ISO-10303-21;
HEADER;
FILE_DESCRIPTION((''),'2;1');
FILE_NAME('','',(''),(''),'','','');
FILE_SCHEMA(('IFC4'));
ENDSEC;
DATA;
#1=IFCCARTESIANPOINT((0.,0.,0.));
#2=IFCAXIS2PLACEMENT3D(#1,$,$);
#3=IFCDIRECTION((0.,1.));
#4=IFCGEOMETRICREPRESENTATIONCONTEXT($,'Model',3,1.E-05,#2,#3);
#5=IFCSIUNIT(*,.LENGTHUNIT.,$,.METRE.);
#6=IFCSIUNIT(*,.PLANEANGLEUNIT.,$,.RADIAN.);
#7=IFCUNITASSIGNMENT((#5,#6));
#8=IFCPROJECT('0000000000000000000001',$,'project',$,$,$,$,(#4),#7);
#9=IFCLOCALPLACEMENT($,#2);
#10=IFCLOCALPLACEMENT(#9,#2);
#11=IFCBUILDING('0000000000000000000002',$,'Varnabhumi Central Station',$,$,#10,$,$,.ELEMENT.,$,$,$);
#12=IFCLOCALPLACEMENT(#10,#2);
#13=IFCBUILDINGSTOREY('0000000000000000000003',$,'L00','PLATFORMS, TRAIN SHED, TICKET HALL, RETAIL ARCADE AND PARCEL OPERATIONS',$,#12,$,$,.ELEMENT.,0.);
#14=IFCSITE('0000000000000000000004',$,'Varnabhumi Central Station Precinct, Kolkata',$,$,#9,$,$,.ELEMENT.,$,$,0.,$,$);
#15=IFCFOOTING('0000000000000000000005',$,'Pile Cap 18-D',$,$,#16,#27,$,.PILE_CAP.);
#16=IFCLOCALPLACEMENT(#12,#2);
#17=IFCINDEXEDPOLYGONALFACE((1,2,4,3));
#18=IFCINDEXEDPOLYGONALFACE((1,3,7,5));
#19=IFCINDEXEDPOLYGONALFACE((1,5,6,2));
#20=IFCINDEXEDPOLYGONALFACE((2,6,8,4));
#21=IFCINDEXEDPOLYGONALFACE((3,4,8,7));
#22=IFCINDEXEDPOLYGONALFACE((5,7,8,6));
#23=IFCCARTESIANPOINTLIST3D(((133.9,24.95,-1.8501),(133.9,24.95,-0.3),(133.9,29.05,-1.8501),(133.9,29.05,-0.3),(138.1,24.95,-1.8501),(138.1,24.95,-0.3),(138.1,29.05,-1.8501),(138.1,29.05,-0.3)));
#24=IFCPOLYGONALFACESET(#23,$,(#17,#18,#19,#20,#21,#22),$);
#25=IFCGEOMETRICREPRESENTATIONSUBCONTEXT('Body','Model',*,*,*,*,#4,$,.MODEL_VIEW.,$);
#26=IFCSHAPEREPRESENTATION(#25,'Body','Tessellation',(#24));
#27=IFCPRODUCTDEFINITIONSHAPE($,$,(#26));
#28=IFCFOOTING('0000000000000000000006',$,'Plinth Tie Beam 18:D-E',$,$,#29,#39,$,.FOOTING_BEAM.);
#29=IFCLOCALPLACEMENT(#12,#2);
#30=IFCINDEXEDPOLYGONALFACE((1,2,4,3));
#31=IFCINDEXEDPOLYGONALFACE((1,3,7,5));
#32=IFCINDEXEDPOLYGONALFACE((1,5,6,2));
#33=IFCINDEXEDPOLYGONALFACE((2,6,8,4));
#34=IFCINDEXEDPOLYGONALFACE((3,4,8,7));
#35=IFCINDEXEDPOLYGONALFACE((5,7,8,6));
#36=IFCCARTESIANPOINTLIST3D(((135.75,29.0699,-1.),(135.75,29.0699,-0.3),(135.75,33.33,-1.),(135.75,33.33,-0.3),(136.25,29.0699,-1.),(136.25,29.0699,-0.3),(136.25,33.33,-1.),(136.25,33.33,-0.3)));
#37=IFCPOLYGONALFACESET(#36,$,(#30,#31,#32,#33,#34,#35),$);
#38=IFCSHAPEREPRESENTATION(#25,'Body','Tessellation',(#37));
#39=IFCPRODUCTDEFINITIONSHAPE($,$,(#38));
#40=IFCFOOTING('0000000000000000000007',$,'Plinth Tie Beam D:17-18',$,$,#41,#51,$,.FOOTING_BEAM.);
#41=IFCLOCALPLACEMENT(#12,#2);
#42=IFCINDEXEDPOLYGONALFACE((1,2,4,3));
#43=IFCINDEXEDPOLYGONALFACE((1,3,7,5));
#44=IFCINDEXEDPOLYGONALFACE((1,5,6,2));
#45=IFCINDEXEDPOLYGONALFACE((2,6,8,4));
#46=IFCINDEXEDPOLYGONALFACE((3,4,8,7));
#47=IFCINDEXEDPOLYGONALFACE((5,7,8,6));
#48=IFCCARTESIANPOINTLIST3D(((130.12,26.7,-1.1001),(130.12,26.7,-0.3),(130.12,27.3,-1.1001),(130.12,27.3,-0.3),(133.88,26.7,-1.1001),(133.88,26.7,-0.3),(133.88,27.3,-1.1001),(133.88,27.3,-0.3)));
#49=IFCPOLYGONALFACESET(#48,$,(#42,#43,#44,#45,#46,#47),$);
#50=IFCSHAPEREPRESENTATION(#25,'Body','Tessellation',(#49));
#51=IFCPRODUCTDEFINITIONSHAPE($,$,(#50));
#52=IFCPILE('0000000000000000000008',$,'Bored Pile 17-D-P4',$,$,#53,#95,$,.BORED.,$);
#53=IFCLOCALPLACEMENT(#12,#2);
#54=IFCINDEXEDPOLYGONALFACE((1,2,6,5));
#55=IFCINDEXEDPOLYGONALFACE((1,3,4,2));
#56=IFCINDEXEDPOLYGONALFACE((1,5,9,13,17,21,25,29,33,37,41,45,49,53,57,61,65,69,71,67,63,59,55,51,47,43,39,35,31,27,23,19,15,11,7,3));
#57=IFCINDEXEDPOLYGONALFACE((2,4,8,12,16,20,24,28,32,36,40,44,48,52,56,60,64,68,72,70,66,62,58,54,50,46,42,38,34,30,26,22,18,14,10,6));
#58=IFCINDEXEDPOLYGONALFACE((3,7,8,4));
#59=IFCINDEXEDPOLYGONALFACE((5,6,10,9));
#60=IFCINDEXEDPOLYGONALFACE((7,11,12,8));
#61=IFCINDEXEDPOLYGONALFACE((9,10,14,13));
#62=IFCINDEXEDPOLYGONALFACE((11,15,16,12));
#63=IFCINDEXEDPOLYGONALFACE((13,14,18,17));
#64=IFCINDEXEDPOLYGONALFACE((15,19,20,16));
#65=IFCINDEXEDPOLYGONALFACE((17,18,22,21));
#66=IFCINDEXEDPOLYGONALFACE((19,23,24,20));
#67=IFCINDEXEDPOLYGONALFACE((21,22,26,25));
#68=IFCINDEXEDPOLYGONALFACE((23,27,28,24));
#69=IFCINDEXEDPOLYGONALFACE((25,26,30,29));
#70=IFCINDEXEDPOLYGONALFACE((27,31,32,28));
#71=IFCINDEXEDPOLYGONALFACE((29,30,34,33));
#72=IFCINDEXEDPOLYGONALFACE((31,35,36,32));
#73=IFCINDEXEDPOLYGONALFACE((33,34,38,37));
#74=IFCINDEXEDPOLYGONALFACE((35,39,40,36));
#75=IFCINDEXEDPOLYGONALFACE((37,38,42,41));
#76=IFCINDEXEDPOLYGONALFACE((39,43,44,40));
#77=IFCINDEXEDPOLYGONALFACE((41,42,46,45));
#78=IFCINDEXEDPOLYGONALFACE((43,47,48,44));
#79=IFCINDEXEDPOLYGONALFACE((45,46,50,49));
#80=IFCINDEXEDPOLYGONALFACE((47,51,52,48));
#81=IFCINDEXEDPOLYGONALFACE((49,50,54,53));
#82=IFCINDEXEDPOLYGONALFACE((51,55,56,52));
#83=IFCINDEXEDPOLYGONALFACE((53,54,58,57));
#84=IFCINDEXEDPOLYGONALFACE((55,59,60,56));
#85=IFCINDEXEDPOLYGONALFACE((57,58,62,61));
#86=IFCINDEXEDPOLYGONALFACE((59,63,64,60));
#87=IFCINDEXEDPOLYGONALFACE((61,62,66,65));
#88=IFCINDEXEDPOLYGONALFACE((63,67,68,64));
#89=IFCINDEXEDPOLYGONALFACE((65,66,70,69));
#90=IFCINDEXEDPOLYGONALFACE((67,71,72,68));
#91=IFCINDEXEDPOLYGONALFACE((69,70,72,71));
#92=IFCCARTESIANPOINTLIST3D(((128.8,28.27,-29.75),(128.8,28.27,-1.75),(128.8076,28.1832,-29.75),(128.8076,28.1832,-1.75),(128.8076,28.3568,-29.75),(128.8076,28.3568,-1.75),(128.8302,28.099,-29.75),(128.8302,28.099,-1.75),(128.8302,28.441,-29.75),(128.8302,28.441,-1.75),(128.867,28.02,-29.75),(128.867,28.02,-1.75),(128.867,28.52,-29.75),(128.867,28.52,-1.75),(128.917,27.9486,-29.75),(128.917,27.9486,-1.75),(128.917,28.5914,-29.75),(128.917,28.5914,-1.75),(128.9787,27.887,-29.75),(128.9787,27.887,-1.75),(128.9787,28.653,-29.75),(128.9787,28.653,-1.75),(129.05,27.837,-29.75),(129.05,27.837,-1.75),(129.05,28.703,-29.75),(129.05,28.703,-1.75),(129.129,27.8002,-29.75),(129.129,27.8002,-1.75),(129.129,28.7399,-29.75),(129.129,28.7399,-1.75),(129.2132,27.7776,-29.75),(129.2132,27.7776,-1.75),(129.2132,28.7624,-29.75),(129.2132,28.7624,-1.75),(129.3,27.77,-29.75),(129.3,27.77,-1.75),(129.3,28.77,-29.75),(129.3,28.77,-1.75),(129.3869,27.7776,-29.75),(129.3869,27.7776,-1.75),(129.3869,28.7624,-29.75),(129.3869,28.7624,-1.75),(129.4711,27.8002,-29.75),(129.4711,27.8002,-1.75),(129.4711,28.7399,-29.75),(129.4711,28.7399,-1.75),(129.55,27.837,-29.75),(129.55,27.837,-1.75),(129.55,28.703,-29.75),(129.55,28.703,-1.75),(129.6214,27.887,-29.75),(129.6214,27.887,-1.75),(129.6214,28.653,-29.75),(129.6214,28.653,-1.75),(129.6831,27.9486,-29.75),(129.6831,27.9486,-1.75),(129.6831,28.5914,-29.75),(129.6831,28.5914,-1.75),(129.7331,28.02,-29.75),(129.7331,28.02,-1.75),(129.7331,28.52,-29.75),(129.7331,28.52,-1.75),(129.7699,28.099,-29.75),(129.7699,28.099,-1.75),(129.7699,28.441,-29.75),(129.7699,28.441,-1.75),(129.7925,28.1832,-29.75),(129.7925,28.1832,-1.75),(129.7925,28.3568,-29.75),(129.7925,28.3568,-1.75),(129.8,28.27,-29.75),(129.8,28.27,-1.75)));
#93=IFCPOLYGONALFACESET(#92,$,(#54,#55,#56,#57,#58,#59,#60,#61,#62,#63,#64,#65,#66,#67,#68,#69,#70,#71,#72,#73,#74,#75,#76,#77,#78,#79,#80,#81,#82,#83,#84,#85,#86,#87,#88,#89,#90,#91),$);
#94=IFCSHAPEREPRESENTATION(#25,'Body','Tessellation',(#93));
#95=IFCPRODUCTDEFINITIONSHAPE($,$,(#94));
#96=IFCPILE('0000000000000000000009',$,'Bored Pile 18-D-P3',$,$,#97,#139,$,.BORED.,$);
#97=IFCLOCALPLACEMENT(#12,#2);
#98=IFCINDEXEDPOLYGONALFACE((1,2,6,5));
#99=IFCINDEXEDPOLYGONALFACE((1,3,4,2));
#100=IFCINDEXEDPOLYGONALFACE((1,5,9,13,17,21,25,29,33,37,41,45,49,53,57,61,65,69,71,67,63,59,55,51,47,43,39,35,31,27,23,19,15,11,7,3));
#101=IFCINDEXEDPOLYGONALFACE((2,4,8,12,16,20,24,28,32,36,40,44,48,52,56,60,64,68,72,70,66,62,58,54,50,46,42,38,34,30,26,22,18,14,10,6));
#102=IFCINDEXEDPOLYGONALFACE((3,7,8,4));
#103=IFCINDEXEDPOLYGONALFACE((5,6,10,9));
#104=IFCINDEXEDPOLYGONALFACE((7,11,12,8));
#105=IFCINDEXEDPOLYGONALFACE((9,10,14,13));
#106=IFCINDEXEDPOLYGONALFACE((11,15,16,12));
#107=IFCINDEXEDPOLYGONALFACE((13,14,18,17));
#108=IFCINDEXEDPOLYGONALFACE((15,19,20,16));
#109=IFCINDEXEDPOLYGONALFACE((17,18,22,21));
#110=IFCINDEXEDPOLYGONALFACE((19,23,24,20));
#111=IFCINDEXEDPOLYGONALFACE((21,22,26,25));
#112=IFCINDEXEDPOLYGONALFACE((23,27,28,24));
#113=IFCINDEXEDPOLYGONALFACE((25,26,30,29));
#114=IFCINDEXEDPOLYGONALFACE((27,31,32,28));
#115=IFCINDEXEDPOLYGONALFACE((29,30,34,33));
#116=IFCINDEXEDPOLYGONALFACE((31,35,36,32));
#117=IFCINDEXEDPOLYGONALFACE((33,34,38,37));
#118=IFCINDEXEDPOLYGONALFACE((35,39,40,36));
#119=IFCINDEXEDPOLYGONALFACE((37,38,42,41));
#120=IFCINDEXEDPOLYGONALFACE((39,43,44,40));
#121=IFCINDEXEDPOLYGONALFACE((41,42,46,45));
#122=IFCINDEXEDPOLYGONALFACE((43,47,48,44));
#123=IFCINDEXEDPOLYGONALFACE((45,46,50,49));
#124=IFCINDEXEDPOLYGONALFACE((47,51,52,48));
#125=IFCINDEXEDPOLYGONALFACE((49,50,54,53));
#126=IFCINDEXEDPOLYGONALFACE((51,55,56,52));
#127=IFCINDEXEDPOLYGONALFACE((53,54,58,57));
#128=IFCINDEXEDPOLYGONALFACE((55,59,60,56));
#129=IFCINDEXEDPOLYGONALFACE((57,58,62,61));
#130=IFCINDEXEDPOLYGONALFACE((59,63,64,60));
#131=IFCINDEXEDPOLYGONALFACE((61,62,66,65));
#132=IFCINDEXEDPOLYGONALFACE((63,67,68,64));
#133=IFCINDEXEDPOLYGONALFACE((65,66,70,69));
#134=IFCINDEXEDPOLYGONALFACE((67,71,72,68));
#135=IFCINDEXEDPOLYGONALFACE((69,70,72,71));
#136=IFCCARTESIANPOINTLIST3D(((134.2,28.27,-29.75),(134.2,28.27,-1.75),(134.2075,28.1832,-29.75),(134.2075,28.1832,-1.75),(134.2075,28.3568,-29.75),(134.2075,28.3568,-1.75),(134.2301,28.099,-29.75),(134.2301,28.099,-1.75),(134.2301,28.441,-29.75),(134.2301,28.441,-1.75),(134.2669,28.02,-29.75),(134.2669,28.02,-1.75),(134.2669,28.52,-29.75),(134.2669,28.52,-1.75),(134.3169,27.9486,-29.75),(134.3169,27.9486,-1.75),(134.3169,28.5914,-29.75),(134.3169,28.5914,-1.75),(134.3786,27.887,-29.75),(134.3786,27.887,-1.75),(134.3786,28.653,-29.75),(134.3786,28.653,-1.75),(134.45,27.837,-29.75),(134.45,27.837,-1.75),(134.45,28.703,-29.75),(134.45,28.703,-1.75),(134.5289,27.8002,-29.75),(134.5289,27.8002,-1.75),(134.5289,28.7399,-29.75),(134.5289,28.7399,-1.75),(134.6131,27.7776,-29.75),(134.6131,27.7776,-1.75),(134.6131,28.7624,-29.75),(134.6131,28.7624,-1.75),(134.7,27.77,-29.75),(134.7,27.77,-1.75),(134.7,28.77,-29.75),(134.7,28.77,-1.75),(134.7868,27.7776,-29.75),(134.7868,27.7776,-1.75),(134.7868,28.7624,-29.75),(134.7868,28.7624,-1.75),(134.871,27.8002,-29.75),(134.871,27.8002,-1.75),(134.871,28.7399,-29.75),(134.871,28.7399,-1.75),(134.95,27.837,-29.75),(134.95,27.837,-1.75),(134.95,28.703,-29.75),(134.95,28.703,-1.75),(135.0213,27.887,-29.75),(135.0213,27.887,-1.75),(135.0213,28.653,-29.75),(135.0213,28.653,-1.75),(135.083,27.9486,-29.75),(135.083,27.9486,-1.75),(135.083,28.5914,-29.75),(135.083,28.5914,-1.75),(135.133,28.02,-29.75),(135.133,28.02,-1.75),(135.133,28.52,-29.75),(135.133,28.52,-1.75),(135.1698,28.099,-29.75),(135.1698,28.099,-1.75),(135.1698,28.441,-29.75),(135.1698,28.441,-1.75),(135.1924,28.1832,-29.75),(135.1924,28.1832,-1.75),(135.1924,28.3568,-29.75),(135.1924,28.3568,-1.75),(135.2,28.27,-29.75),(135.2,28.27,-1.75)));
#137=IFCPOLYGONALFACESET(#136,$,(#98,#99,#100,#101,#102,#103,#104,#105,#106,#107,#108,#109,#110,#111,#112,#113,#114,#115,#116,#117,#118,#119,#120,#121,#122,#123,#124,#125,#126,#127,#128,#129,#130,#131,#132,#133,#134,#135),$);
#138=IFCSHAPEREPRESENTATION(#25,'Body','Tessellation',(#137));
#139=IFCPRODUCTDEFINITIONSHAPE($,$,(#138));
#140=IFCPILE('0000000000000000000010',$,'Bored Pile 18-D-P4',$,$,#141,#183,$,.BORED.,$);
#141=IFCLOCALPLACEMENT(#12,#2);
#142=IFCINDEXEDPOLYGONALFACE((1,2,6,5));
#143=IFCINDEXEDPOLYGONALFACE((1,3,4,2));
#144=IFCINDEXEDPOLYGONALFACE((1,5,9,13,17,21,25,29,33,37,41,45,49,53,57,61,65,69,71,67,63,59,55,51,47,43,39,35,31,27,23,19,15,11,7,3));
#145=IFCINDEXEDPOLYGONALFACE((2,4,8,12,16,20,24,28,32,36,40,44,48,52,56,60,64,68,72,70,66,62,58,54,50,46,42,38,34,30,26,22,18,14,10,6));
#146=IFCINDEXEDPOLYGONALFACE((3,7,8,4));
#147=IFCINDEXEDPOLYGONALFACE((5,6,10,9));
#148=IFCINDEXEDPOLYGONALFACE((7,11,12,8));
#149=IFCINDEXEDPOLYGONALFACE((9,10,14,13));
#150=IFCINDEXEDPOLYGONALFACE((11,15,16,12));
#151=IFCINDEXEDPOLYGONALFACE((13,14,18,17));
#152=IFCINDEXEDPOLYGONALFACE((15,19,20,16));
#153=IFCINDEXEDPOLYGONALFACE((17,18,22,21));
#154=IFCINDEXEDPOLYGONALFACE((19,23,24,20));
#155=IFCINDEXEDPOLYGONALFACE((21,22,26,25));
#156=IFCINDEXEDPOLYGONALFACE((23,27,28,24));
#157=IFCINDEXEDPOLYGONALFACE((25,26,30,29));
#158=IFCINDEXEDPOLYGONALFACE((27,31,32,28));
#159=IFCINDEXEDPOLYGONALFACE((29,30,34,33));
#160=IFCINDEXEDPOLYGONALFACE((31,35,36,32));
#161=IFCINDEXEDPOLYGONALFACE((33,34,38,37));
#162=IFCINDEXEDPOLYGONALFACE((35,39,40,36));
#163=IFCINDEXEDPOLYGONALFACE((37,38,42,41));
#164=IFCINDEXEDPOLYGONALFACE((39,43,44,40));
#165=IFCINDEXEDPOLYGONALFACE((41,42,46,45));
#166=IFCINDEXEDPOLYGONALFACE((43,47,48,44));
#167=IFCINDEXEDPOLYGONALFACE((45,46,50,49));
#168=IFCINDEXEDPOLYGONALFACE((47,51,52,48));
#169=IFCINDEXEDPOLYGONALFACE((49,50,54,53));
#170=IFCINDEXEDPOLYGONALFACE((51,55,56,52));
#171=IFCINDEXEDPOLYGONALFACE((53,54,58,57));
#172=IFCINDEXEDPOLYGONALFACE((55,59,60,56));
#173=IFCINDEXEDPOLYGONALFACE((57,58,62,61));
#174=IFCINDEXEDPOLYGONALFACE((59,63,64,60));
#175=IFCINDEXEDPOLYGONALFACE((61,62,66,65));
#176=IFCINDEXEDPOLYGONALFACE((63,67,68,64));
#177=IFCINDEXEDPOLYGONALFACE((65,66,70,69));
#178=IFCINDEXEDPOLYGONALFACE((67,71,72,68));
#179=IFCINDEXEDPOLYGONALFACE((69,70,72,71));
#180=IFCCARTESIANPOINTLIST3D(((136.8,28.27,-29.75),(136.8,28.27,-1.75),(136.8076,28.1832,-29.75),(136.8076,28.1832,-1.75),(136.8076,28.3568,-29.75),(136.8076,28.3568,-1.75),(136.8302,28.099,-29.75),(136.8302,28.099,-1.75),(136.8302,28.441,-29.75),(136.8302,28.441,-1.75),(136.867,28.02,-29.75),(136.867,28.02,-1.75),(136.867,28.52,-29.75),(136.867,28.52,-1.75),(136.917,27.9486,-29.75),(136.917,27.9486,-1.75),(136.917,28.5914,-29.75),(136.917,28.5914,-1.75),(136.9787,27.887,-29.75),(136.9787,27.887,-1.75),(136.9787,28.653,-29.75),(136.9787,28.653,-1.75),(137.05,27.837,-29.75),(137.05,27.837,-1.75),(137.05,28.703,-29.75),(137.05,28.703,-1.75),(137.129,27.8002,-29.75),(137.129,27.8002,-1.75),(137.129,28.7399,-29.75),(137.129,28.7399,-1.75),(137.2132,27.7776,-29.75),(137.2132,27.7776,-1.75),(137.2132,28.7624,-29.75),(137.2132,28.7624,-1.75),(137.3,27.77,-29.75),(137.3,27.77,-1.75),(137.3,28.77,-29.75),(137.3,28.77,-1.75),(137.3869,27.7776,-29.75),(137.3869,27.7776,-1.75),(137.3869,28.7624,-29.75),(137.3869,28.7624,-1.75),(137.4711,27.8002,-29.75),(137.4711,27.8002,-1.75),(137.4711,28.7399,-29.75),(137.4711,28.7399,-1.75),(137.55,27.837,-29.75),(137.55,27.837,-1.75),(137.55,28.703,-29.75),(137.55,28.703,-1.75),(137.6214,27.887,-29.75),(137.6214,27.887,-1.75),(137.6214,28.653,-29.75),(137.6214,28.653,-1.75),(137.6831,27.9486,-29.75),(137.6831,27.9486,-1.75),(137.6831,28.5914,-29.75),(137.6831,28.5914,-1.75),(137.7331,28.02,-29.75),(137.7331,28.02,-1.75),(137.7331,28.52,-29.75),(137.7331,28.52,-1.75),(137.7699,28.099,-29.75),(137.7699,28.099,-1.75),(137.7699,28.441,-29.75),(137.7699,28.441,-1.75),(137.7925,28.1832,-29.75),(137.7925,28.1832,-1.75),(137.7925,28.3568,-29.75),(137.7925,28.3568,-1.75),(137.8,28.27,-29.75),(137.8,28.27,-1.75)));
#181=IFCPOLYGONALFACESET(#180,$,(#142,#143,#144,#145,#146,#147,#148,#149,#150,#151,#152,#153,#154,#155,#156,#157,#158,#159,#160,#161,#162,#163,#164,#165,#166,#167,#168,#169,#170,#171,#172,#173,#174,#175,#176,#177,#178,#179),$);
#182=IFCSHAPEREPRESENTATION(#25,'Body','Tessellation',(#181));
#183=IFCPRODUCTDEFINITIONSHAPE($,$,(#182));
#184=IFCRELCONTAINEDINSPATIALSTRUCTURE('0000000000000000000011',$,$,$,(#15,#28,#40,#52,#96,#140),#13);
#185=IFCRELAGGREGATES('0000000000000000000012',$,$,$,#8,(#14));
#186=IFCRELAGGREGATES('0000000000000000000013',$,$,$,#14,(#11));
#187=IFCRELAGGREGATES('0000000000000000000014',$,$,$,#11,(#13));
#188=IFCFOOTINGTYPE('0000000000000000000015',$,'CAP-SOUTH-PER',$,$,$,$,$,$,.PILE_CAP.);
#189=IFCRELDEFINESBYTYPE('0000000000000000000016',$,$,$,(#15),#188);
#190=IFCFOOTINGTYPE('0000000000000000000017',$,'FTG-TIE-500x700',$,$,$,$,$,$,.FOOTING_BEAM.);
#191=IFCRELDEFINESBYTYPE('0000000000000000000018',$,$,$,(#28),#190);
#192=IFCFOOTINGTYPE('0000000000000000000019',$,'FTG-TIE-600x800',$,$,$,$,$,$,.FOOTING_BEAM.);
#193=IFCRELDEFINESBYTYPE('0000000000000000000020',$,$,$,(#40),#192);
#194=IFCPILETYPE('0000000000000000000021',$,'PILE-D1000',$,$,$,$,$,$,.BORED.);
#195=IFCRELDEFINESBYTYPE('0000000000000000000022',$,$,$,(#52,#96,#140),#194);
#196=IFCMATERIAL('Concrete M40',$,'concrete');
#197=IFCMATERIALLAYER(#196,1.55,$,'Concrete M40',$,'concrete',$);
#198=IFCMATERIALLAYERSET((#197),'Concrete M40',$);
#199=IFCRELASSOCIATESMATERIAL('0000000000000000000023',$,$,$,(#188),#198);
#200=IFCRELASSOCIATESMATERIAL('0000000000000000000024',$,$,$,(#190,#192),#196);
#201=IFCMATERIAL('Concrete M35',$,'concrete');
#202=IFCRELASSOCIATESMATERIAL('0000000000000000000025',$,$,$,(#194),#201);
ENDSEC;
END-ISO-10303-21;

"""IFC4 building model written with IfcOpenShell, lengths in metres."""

from ifc_helpers import new_model, si_unit, direction, frame, origin, origin_2d, place, context, subcontext, project, spatial, rectangle, circle, extrude, material, layer, layer_set, material_profile, profile_set, type_object, element, save


model = new_model("IFC4")

# Units and contexts
model_context = context("Model", 3, precision=1e-05, world=origin(), true_north=direction((0.0, 1.0)))
body_context = subcontext(model_context, "Body", "Model", "MODEL_VIEW")
ifc_project = project(units=[si_unit("LENGTHUNIT", "METRE"), si_unit("PLANEANGLEUNIT", "RADIAN")], contexts=[model_context])

# Site, building, storey
site_placement = place(None, origin())
site = spatial("IfcSite", under=ifc_project, at=site_placement, Name="Varnabhumi Central Station Precinct, Kolkata", CompositionType="ELEMENT", RefElevation=0.0)
building_placement = place(site_placement, origin())
building = spatial("IfcBuilding", under=site, at=building_placement, Name="Varnabhumi Central Station", CompositionType="ELEMENT")
storey_placement = place(building_placement, origin())
storey = spatial("IfcBuildingStorey", under=building, at=storey_placement, Name="L00", Description="PLATFORMS, TRAIN SHED, TICKET HALL, RETAIL ARCADE AND PARCEL OPERATIONS", CompositionType="ELEMENT", Elevation=0.0)

# Footings
ifc_material_1 = material(Name="Concrete M40", Category="concrete")
ifc_layer_1 = layer(ifc_material_1, 1.55, Name="Concrete M40", Category="concrete")
ifc_layer_set_1 = layer_set([ifc_layer_1], Name="Concrete M40")
footing_type_1 = type_object("IfcFootingType", Name="CAP-SOUTH-PER", PredefinedType="PILE_CAP", material=ifc_layer_set_1)
footing_1_placement = place(storey_placement, frame((136.0, 27.0, -1.8501), z_axis=(0.0, 0.0, 1.0), x_axis=(1.0, 0.0, 0.0)))
element("IfcFooting", 1, at=footing_1_placement, inside=storey, type_object=footing_type_1, Name="Pile Cap 18-D", PredefinedType="PILE_CAP", context=body_context, shape_type="SweptSolid", body=[
    extrude(rectangle(XDim=4.2, YDim=4.1001, at=origin_2d()), origin(), (0.0, 0.0, 1.0), 1.55),
])
footing_type_2 = type_object("IfcFootingType", Name="FTG-TIE-500x700", PredefinedType="FOOTING_BEAM", material=ifc_material_1)
footing_2_placement = place(storey_placement, frame((136.0, 31.2, -1.0), z_axis=(0.0, 0.0, 1.0), x_axis=(1.0, 0.0, 0.0)))
element("IfcFooting", 2, at=footing_2_placement, inside=storey, type_object=footing_type_2, Name="Plinth Tie Beam 18:D-E", PredefinedType="FOOTING_BEAM", context=body_context, shape_type="SweptSolid", body=[
    extrude(rectangle(XDim=0.5, YDim=4.26, at=origin_2d()), origin(), (0.0, 0.0, 1.0), 0.7),
])
footing_type_3 = type_object("IfcFootingType", Name="FTG-TIE-600x800", PredefinedType="FOOTING_BEAM", material=ifc_material_1)
footing_3_placement = place(storey_placement, frame((132.0, 27.0, -1.1001), z_axis=(0.0, 0.0, 1.0), x_axis=(1.0, 0.0, 0.0)))
element("IfcFooting", 3, at=footing_3_placement, inside=storey, type_object=footing_type_3, Name="Plinth Tie Beam D:17-18", PredefinedType="FOOTING_BEAM", context=body_context, shape_type="SweptSolid", body=[
    extrude(rectangle(XDim=3.76, YDim=0.6001, at=origin_2d()), origin(), (0.0, 0.0, 1.0), 0.8),
])

# Piles
ifc_material_2 = material(Name="Concrete M35", Category="concrete")
ifc_material_profile_1 = material_profile(ifc_material_2, circle(Radius=0.5, at=origin_2d()), Name="Concrete M35", Category="concrete")
ifc_profile_set_1 = profile_set([ifc_material_profile_1], Name="Concrete M35")
pile_type_1 = type_object("IfcPileType", Name="PILE-D1000", PredefinedType="BORED", material=ifc_profile_set_1)
for number, where, z_axis, x_axis, name in (
    (4, (129.3, 28.27, -1.75), (0.0, 0.0, -1.0), (1.0, 0.0, 0.0), "Bored Pile 17-D-P4"),
    (5, (134.7, 28.27, -1.75), (0.0, 0.0, -1.0), (1.0, 0.0, 0.0), "Bored Pile 18-D-P3"),
    (6, (137.3, 28.27, -1.75), (0.0, 0.0, -1.0), (1.0, 0.0, 0.0), "Bored Pile 18-D-P4"),
):
    element("IfcPile", number, at=place(storey_placement, frame(where, z_axis=z_axis, x_axis=x_axis)), inside=storey, type_object=pile_type_1, Name=name, PredefinedType="BORED", context=body_context, shape_type="SweptSolid", body=[
        extrude(circle(Radius=0.5, at=origin_2d()), origin(), (0.0, 0.0, 1.0), 28.0),
    ])

save(model, "model.ifc")
